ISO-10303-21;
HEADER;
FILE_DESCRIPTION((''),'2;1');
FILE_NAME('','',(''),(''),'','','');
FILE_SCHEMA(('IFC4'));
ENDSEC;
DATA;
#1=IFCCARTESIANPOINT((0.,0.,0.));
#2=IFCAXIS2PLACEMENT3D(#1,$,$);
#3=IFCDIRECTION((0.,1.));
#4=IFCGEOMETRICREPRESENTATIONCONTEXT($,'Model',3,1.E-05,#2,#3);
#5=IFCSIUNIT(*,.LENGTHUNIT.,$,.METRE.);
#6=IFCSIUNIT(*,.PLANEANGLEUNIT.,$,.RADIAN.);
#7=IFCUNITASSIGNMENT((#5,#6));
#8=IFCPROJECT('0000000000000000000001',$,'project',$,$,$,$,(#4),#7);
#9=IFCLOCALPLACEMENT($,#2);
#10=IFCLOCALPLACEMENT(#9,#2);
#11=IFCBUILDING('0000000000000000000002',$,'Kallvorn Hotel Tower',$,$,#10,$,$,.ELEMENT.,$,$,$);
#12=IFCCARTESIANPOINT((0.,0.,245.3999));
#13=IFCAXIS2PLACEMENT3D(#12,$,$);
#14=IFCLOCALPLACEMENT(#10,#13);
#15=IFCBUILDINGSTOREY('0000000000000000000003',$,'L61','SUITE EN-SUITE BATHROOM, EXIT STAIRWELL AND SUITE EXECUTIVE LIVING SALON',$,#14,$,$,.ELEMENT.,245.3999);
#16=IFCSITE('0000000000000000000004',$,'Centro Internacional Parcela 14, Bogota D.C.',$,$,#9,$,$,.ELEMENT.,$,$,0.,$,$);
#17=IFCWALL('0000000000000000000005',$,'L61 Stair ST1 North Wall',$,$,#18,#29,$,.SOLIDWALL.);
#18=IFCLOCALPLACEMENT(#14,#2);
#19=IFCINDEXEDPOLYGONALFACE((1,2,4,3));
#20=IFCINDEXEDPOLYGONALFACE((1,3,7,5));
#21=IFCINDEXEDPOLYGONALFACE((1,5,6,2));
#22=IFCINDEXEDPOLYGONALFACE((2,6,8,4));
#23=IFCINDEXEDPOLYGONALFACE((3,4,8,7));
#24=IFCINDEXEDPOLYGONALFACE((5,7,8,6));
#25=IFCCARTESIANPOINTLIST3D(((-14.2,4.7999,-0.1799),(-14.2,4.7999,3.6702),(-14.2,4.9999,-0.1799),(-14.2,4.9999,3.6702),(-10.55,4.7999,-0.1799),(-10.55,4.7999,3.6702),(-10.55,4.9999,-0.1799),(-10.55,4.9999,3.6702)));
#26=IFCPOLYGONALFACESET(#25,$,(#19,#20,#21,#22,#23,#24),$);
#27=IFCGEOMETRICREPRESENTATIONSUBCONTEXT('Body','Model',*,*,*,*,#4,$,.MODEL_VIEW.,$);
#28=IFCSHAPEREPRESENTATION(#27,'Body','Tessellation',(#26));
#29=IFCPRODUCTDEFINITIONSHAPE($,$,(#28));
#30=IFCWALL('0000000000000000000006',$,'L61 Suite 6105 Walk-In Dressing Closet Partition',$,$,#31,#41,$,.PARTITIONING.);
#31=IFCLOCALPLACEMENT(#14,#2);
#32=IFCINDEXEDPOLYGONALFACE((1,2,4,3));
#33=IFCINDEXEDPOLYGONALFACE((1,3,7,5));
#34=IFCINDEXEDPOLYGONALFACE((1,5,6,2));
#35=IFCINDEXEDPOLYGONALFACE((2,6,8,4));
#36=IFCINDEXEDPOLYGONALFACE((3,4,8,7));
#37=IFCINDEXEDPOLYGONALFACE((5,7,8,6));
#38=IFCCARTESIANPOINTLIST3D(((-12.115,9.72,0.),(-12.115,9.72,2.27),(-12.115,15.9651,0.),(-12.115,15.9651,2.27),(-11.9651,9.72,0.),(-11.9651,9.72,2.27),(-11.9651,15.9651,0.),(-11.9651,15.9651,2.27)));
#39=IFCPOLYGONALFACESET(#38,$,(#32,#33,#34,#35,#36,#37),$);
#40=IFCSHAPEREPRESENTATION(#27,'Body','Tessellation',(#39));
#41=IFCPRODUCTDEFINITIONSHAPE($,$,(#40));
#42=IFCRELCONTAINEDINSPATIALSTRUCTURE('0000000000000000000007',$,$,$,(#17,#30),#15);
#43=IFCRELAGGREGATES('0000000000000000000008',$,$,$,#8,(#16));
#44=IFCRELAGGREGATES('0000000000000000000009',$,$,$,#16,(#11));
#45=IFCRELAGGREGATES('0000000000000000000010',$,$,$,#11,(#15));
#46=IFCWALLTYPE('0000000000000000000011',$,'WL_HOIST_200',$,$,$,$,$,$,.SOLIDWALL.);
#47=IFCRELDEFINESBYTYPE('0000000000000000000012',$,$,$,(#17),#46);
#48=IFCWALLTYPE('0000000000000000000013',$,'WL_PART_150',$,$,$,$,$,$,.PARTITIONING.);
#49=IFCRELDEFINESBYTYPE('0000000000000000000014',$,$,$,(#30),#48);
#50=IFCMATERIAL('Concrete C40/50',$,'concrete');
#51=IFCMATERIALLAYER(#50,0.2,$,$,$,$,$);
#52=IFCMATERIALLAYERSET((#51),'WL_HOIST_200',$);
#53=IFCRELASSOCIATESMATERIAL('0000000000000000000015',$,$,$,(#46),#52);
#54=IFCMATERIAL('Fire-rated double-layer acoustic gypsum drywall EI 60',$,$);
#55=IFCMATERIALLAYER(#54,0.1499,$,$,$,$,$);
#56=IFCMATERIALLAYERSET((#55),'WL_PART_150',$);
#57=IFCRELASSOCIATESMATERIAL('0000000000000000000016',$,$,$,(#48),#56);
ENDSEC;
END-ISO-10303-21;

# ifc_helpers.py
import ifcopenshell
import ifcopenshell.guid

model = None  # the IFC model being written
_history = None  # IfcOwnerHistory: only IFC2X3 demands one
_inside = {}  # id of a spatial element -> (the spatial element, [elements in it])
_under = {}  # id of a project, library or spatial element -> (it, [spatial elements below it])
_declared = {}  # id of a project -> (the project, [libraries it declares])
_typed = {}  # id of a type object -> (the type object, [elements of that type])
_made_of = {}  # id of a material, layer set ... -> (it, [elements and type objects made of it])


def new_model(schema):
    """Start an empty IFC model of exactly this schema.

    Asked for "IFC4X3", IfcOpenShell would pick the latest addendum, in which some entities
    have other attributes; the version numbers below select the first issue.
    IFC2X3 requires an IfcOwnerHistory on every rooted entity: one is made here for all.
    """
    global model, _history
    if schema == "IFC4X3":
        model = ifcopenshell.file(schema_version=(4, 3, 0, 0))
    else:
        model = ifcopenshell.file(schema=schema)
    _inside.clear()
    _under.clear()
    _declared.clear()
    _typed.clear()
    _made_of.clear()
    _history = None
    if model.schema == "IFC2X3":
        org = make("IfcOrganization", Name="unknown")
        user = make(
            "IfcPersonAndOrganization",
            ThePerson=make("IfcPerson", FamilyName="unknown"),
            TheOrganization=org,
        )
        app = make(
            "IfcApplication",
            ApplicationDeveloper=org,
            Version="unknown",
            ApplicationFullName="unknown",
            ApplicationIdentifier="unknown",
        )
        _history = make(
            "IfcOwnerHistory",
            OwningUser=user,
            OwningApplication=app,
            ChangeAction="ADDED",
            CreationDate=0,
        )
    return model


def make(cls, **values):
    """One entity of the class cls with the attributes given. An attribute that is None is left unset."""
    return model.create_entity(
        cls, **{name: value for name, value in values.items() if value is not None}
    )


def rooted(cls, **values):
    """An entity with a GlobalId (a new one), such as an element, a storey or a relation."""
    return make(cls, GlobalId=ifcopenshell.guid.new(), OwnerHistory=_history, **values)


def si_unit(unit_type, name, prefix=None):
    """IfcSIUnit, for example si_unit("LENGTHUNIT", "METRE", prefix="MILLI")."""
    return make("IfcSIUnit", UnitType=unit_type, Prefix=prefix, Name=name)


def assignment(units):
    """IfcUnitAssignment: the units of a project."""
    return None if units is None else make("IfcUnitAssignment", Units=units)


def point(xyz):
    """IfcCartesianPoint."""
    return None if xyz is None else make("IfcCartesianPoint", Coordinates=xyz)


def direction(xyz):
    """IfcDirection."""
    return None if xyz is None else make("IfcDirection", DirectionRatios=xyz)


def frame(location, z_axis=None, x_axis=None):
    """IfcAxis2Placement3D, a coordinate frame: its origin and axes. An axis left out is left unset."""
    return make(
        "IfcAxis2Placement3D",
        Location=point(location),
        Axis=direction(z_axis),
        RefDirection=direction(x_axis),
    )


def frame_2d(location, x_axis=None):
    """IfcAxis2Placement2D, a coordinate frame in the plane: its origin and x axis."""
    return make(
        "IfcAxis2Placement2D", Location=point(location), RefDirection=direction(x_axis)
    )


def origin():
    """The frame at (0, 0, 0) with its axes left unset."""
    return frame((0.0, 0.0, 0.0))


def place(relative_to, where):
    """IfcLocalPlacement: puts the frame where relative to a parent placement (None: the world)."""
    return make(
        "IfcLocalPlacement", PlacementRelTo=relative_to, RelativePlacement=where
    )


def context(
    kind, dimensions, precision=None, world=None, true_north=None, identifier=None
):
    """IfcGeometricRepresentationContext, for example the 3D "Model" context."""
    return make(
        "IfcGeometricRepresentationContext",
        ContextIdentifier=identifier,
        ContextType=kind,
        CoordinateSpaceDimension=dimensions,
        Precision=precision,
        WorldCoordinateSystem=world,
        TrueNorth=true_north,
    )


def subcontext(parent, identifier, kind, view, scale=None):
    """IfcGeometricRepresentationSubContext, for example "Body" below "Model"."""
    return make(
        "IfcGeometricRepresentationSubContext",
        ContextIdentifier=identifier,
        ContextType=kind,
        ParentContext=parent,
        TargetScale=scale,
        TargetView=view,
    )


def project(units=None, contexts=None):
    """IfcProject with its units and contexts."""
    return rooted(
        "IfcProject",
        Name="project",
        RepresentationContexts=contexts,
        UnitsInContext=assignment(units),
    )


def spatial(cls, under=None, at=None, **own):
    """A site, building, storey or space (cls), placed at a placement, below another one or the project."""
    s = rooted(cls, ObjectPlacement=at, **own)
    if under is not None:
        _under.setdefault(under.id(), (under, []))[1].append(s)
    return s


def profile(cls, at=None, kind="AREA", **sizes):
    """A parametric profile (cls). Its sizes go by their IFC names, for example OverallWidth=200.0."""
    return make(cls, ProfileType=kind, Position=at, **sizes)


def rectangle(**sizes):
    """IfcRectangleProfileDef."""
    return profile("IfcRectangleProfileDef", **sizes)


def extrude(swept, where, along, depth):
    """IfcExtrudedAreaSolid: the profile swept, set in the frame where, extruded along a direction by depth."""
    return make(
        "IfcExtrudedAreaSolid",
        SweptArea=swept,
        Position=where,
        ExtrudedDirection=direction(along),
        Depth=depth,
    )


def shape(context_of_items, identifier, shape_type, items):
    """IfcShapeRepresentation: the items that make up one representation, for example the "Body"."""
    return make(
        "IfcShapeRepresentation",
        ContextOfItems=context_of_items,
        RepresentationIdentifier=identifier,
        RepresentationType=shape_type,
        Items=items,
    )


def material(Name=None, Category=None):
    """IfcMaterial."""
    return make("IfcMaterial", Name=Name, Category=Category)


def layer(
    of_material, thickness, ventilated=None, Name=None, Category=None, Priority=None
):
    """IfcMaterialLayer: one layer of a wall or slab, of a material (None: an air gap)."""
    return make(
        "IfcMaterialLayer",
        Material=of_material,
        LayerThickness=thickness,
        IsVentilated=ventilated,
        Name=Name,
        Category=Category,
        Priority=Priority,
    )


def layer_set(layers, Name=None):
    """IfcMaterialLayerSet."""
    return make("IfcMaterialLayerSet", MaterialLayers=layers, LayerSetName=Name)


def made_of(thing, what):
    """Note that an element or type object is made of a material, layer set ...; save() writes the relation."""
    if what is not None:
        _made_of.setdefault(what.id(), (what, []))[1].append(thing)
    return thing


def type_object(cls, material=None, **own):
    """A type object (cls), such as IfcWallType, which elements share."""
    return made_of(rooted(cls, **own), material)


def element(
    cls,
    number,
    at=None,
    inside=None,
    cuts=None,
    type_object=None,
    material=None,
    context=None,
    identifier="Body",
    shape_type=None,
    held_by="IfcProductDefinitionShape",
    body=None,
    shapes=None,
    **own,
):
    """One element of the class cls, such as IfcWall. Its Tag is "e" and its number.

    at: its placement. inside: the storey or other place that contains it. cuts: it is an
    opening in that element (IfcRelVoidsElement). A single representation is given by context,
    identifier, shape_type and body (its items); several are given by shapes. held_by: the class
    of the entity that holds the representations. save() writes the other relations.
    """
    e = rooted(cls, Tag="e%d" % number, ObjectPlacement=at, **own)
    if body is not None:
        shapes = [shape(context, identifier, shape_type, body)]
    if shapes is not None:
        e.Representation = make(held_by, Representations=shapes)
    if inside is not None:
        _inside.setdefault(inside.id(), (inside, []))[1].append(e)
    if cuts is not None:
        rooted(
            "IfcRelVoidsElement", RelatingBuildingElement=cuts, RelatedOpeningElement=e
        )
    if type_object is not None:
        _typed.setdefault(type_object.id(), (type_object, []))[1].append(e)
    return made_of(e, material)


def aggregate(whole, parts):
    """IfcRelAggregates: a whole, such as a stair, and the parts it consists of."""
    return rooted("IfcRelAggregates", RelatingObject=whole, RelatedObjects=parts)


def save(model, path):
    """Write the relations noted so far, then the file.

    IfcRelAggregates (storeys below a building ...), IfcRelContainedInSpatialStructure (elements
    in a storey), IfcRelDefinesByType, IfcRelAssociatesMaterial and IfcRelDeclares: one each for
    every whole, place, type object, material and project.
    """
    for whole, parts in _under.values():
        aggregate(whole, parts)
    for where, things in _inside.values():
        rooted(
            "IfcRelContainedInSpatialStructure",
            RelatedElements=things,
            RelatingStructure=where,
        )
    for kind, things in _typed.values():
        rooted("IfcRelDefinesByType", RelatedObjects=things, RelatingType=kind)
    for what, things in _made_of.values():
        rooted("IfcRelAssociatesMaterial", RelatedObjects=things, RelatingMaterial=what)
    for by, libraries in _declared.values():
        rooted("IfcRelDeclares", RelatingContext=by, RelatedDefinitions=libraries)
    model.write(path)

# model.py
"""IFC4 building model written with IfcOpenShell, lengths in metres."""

from ifc_helpers import new_model, si_unit, direction, frame, frame_2d, origin, place, context, subcontext, project, spatial, rectangle, extrude, material, layer, layer_set, type_object, element, save


model = new_model("IFC4")

# Units and contexts
model_context = context("Model", 3, precision=1e-05, world=origin(), true_north=direction((0.0, 1.0)))
body_context = subcontext(model_context, "Body", "Model", "MODEL_VIEW")
ifc_project = project(units=[si_unit("LENGTHUNIT", "METRE"), si_unit("PLANEANGLEUNIT", "RADIAN")], contexts=[model_context])

# Site, building, storey
site_placement = place(None, origin())
site = spatial("IfcSite", under=ifc_project, at=site_placement, Name="Centro Internacional Parcela 14, Bogota D.C.", CompositionType="ELEMENT", RefElevation=0.0)
building_placement = place(site_placement, origin())
building = spatial("IfcBuilding", under=site, at=building_placement, Name="Kallvorn Hotel Tower", CompositionType="ELEMENT")
storey_placement = place(building_placement, frame((0.0, 0.0, 245.3999)))
storey = spatial("IfcBuildingStorey", under=building, at=storey_placement, Name="L61", Description="SUITE EN-SUITE BATHROOM, EXIT STAIRWELL AND SUITE EXECUTIVE LIVING SALON", CompositionType="ELEMENT", Elevation=245.3999)

# Walls
ifc_material_1 = material(Name="Concrete C40/50", Category="concrete")
ifc_layer_1 = layer(ifc_material_1, 0.2)
ifc_layer_set_1 = layer_set([ifc_layer_1], Name="WL_HOIST_200")
wall_type_1 = type_object("IfcWallType", Name="WL_HOIST_200", PredefinedType="SOLIDWALL", material=ifc_layer_set_1)
wall_1_placement = place(storey_placement, frame((-14.2, 4.8999, -0.1799), z_axis=(0.0, 0.0, 1.0), x_axis=(1.0, 0.0, 0.0)))
element("IfcWall", 1, at=wall_1_placement, inside=storey, type_object=wall_type_1, Name="L61 Stair ST1 North Wall", PredefinedType="SOLIDWALL", context=body_context, shape_type="SweptSolid", body=[
    extrude(rectangle(XDim=3.6499, YDim=0.2, at=frame_2d((1.825, 0.0))), origin(), (0.0, 0.0, 1.0), 3.8501),
])
ifc_material_2 = material(Name="Fire-rated double-layer acoustic gypsum drywall EI 60")
ifc_layer_2 = layer(ifc_material_2, 0.1499)
ifc_layer_set_2 = layer_set([ifc_layer_2], Name="WL_PART_150")
wall_type_2 = type_object("IfcWallType", Name="WL_PART_150", PredefinedType="PARTITIONING", material=ifc_layer_set_2)
wall_2_placement = place(storey_placement, frame((-12.04, 9.72, 0.0), z_axis=(0.0, 0.0, 1.0), x_axis=(0.0, 1.0, 0.0)))
element("IfcWall", 2, at=wall_2_placement, inside=storey, type_object=wall_type_2, Name="L61 Suite 6105 Walk-In Dressing Closet Partition", PredefinedType="PARTITIONING", context=body_context, shape_type="SweptSolid", body=[
    extrude(rectangle(XDim=6.2451, YDim=0.1499, at=frame_2d((3.1226, 0.0))), origin(), (0.0, 0.0, 1.0), 2.27),
])

save(model, "model.ifc")
